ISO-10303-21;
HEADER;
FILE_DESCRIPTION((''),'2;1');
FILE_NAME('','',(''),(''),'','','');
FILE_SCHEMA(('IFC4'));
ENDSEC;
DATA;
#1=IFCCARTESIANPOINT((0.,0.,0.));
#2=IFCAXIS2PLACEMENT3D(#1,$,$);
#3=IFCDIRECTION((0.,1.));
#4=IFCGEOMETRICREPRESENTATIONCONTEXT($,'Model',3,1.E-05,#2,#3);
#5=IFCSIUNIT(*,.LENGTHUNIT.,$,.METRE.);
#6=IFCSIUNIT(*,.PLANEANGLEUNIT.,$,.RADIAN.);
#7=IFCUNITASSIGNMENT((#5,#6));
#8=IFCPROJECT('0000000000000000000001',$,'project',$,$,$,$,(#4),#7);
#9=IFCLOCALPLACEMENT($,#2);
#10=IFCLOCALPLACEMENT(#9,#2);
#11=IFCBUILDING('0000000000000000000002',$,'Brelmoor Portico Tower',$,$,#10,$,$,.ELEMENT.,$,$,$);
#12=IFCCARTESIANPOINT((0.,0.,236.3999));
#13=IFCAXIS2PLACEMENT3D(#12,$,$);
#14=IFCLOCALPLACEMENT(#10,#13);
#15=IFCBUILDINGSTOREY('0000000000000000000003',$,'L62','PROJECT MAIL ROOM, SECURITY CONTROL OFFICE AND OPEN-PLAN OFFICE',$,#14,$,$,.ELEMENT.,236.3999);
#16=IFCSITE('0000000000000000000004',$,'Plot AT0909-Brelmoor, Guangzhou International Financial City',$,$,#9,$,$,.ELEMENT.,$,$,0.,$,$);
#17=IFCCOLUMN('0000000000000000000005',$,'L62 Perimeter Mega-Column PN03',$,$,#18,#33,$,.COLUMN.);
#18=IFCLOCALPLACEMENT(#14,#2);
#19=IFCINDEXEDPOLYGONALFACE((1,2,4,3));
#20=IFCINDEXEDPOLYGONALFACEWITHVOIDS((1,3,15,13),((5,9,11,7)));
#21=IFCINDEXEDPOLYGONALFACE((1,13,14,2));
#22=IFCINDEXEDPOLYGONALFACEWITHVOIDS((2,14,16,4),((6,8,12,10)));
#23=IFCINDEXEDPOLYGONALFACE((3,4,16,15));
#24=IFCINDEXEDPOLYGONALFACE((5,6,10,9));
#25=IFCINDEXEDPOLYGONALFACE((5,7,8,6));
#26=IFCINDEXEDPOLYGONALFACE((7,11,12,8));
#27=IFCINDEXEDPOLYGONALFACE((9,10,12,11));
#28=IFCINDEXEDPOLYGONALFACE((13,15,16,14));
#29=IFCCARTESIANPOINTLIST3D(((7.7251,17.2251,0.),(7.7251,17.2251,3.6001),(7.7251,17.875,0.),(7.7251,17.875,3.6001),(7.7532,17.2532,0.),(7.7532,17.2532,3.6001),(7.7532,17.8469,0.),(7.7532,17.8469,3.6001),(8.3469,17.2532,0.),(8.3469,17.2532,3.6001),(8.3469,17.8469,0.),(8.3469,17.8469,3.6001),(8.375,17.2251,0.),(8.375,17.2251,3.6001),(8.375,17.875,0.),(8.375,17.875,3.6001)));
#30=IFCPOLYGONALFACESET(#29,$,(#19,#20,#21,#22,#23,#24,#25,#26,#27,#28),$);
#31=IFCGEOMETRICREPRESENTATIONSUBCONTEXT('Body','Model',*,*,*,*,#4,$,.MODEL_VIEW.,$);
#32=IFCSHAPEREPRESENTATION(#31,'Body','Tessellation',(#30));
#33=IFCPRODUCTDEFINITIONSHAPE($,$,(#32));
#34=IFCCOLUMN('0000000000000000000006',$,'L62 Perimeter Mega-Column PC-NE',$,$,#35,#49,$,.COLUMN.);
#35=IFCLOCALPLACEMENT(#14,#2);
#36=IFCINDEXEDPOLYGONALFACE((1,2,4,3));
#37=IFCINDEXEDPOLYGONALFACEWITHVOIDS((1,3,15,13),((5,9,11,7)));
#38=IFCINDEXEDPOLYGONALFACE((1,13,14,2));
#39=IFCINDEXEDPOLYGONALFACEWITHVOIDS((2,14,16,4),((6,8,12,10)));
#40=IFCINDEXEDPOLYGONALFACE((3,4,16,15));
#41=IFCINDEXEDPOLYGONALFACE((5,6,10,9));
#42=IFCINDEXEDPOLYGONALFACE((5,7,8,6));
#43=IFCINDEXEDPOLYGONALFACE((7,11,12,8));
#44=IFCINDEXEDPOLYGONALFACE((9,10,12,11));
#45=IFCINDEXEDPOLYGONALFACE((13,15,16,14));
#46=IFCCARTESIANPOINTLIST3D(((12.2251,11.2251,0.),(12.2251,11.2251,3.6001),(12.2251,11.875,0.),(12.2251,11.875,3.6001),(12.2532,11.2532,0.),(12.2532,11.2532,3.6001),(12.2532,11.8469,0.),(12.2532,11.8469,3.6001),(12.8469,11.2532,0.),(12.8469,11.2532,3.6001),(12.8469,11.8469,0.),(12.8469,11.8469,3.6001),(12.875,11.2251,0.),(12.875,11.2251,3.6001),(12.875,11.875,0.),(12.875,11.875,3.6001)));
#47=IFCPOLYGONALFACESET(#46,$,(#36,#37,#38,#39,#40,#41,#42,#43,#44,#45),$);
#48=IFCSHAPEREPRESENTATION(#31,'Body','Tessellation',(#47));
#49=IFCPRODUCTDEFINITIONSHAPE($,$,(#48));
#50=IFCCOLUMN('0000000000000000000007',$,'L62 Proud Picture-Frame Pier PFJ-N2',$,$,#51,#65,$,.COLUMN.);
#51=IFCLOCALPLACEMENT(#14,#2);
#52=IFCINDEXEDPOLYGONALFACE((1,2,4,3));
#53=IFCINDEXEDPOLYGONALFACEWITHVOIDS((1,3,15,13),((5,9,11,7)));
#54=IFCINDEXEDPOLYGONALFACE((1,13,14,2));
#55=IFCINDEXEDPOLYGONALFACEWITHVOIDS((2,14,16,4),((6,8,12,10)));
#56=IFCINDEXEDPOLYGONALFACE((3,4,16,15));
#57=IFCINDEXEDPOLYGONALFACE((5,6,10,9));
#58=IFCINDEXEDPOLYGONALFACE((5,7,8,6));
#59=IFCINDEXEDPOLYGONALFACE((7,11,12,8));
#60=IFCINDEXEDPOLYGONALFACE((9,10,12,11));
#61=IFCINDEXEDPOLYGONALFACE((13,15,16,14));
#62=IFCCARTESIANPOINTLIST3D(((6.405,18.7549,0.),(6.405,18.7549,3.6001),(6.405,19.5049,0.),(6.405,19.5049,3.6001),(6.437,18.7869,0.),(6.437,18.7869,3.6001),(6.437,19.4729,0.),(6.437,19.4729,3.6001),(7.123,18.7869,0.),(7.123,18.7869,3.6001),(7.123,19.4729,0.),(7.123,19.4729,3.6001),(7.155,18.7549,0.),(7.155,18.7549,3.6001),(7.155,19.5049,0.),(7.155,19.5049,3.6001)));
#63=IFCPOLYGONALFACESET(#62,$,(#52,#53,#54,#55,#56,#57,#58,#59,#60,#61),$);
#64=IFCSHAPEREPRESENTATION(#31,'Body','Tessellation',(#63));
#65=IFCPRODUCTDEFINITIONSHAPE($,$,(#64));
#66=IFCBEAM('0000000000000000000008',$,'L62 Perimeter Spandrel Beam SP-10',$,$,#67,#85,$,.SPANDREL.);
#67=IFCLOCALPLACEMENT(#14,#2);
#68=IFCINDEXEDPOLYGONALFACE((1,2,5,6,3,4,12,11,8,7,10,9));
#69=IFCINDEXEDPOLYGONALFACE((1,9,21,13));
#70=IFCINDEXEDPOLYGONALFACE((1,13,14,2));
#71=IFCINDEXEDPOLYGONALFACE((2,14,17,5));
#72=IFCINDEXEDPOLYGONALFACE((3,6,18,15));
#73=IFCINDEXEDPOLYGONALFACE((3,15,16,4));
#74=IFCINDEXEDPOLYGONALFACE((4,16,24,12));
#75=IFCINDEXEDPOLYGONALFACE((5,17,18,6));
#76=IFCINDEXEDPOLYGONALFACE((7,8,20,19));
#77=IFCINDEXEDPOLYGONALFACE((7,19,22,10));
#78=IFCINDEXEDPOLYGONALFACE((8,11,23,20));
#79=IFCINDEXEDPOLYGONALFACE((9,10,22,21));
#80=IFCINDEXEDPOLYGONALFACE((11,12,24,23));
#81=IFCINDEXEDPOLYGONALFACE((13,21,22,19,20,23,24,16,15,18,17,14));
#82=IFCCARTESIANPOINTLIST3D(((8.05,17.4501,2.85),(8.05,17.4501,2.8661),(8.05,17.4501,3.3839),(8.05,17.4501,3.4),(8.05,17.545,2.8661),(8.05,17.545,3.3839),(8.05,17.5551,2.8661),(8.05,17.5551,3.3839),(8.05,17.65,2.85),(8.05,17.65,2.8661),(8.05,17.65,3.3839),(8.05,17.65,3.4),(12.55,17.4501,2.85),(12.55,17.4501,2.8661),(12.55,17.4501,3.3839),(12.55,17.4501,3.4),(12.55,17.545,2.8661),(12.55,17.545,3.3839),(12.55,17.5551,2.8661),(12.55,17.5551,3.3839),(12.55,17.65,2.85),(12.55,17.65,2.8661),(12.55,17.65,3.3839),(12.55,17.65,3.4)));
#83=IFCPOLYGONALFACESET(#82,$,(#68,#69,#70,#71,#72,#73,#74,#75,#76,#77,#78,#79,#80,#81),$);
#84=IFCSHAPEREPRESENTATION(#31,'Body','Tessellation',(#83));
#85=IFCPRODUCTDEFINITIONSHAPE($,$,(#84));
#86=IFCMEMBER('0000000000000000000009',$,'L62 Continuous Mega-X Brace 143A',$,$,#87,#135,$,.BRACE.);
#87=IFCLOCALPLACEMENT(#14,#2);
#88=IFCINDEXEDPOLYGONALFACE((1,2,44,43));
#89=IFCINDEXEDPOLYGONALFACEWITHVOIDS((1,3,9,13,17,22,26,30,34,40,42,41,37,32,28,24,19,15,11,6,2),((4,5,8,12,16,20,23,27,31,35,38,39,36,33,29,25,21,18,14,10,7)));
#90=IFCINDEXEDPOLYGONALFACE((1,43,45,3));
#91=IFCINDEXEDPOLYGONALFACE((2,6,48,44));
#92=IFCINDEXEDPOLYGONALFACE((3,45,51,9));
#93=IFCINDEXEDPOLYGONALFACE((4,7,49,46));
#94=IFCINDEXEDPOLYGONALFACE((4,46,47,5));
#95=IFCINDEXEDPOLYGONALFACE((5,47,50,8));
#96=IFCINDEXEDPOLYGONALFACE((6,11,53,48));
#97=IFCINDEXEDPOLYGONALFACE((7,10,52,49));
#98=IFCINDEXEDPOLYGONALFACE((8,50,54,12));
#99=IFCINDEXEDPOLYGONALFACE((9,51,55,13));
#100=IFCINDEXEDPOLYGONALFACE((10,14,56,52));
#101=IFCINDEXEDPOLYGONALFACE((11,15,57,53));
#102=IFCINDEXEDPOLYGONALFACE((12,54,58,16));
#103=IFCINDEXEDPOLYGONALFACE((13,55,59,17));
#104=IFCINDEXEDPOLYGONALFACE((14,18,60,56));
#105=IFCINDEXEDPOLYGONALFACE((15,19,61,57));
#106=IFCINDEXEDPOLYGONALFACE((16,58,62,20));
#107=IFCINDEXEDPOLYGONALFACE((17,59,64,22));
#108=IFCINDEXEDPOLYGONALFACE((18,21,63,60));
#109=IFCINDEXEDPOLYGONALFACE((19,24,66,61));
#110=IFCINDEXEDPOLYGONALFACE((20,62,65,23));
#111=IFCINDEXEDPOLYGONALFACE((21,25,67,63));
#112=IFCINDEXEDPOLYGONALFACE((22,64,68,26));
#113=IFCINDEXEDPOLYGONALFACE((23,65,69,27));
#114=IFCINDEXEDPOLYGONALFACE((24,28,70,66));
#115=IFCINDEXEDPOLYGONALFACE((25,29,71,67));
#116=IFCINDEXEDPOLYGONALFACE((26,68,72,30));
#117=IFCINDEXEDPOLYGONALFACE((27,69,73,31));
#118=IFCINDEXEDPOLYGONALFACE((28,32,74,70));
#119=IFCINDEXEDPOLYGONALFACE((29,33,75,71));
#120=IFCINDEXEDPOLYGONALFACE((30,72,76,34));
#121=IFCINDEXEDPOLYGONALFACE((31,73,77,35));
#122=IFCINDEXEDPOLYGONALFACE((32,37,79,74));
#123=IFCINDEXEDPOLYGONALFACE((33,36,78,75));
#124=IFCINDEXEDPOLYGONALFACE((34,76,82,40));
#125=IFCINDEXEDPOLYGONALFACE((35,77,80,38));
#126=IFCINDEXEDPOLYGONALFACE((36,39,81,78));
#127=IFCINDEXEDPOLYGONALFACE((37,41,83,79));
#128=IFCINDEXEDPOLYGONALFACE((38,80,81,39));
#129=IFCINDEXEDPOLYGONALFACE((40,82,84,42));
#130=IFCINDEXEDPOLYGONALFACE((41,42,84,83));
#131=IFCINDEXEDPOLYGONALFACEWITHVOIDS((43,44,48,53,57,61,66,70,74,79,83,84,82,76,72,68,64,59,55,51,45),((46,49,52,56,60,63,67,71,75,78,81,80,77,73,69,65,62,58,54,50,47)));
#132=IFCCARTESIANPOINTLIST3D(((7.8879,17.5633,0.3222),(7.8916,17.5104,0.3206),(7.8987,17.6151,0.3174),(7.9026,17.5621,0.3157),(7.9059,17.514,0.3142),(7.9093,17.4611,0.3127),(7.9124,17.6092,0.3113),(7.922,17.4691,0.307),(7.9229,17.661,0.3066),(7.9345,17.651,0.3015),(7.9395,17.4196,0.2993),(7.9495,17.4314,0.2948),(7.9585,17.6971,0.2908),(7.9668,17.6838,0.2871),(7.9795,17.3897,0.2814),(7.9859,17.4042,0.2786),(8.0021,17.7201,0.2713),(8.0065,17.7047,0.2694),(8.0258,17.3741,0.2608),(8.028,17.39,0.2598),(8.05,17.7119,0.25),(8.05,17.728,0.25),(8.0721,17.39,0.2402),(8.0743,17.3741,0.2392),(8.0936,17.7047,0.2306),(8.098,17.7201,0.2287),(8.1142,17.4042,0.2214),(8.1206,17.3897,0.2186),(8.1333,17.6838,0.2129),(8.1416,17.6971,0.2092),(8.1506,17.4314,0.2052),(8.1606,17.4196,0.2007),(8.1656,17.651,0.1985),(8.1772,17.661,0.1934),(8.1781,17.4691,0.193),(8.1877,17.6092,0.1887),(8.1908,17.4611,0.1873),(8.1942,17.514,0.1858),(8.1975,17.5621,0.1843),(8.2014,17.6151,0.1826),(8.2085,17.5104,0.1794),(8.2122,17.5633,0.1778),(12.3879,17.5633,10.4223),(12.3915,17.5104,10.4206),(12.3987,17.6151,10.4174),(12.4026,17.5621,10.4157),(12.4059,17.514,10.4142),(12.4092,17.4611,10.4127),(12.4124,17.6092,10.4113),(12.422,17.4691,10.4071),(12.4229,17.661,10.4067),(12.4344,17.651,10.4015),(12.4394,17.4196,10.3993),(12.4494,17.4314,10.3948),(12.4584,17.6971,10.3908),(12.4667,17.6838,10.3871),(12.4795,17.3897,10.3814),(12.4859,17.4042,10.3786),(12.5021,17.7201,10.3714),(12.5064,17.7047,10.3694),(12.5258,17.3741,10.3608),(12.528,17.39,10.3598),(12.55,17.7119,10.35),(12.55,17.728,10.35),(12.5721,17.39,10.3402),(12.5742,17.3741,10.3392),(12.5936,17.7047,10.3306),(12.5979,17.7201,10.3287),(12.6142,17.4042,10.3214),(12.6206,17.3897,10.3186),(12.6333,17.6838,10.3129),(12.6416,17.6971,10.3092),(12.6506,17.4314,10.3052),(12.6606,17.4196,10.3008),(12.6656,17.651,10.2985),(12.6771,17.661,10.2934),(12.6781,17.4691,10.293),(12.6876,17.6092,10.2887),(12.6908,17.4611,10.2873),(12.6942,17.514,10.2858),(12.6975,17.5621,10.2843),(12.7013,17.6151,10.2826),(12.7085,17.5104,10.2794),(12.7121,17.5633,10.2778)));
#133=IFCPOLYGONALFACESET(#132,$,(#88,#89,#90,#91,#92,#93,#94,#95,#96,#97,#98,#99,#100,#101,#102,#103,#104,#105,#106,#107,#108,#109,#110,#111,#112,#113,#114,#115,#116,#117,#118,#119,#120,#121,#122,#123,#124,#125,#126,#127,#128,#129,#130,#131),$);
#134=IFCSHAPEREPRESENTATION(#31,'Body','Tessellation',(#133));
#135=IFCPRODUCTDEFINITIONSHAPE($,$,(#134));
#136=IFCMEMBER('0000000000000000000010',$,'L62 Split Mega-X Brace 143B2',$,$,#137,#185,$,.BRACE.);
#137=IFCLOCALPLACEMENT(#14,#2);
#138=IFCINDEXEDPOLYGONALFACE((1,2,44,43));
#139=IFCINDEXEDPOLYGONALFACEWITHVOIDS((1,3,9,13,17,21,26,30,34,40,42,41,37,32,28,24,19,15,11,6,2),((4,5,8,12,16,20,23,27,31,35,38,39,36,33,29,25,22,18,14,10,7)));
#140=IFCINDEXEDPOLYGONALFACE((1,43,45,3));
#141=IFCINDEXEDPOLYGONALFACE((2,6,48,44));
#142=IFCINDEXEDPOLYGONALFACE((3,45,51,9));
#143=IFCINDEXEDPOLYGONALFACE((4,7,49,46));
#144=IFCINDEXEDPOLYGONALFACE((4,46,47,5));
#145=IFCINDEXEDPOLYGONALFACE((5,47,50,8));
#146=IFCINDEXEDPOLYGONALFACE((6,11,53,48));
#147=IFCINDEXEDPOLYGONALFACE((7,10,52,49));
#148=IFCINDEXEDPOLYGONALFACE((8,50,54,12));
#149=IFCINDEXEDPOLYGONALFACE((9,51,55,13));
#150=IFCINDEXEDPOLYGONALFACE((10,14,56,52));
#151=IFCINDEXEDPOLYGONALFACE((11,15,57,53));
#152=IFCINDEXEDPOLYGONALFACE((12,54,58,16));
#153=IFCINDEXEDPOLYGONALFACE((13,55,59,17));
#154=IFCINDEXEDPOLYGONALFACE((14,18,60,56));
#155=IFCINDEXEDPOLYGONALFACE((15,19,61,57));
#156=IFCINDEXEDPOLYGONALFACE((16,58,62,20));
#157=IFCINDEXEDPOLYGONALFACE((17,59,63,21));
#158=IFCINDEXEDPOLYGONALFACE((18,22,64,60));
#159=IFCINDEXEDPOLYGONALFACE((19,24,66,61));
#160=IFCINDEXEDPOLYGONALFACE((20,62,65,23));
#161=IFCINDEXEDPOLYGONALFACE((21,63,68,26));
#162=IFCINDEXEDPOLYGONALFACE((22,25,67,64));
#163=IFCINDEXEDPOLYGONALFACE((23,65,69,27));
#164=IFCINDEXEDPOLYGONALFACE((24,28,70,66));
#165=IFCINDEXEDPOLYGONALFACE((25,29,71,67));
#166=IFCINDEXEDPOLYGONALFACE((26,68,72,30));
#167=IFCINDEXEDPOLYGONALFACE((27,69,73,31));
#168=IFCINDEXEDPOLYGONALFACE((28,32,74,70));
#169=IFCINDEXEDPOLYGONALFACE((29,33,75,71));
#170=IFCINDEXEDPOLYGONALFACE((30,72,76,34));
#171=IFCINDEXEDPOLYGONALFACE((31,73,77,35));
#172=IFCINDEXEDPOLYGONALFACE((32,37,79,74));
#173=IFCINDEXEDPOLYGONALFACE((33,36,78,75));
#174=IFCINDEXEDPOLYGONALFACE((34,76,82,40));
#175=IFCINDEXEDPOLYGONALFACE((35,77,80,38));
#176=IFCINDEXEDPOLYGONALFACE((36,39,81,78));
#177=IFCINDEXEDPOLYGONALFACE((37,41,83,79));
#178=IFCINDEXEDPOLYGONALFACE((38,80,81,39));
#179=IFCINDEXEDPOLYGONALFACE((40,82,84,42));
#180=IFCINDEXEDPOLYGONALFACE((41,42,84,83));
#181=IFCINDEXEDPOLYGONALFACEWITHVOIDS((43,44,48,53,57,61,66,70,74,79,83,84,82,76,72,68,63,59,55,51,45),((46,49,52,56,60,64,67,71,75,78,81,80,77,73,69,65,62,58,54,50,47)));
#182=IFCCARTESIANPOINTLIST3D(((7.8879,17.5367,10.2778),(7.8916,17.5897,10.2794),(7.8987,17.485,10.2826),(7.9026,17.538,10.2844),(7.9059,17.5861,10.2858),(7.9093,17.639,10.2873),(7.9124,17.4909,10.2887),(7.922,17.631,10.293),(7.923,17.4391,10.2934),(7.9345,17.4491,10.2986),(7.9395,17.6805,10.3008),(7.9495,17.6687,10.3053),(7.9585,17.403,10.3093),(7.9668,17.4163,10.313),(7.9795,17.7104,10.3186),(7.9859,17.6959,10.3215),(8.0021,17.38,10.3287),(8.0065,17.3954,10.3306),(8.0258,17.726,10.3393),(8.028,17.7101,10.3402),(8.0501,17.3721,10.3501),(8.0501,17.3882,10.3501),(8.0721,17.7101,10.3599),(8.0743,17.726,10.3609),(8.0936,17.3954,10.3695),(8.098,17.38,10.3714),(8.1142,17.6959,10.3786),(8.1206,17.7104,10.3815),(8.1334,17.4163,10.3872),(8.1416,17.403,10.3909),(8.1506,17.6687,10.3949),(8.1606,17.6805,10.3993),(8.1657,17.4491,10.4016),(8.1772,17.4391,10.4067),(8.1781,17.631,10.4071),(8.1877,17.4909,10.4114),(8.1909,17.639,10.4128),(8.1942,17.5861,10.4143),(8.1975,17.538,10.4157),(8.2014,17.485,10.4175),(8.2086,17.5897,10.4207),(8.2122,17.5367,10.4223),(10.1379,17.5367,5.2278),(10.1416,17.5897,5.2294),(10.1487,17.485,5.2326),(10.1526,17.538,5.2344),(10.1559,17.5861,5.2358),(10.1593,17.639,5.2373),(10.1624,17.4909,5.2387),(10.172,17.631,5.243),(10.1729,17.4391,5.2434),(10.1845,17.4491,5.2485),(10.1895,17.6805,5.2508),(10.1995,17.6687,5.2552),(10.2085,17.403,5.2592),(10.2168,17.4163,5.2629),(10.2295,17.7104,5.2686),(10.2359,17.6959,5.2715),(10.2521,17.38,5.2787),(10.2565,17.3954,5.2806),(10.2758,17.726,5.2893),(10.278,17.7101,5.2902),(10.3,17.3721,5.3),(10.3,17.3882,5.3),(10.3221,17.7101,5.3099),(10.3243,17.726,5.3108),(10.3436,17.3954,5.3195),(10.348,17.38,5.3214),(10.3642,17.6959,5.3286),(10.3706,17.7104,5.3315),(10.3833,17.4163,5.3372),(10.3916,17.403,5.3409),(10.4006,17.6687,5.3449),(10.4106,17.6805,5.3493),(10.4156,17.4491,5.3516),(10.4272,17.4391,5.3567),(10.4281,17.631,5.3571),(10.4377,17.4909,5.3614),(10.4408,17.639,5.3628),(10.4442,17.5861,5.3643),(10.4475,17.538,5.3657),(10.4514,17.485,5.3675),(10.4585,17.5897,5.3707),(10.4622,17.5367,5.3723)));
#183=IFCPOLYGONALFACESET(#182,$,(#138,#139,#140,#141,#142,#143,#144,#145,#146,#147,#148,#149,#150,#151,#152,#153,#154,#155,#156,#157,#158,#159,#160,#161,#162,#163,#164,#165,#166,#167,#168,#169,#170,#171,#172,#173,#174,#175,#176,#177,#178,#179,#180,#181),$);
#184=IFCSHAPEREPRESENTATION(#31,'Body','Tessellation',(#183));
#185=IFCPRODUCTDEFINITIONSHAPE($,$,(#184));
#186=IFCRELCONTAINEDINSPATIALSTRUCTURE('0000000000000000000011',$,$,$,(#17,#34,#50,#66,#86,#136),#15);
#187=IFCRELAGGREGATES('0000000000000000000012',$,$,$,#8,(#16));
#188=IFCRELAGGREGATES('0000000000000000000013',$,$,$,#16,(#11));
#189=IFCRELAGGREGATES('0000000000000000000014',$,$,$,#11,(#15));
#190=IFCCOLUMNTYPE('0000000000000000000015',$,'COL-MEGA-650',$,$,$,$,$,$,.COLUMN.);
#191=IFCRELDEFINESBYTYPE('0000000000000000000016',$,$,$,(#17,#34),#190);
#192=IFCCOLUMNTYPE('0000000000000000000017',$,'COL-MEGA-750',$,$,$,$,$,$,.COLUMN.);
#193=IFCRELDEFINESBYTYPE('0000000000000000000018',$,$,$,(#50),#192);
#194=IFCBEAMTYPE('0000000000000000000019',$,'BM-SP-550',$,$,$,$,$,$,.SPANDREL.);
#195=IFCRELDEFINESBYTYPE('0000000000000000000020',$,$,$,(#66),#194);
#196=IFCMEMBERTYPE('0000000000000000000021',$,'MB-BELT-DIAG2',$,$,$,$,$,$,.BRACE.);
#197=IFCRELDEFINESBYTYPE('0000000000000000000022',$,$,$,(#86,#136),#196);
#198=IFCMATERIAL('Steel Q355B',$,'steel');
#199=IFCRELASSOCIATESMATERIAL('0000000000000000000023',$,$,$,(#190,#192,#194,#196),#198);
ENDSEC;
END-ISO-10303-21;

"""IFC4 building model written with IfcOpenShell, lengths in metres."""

from ifc_helpers import new_model, si_unit, direction, frame, origin, origin_2d, place, context, subcontext, project, spatial, hollow_rectangle, hollow_circle, i_section, extrude, material, material_profile, profile_set, type_object, element, save


model = new_model("IFC4")

# Units and contexts
model_context = context("Model", 3, precision=1e-05, world=origin(), true_north=direction((0.0, 1.0)))
body_context = subcontext(model_context, "Body", "Model", "MODEL_VIEW")
ifc_project = project(units=[si_unit("LENGTHUNIT", "METRE"), si_unit("PLANEANGLEUNIT", "RADIAN")], contexts=[model_context])

# Site, building, storey
site_placement = place(None, origin())
site = spatial("IfcSite", under=ifc_project, at=site_placement, Name="Plot AT0909-Brelmoor, Guangzhou International Financial City", CompositionType="ELEMENT", RefElevation=0.0)
building_placement = place(site_placement, origin())
building = spatial("IfcBuilding", under=site, at=building_placement, Name="Brelmoor Portico Tower", CompositionType="ELEMENT")
storey_placement = place(building_placement, frame((0.0, 0.0, 236.3999)))
storey = spatial("IfcBuildingStorey", under=building, at=storey_placement, Name="L62", Description="PROJECT MAIL ROOM, SECURITY CONTROL OFFICE AND OPEN-PLAN OFFICE", CompositionType="ELEMENT", Elevation=236.3999)

# Columns
ifc_material_1 = material(Name="Steel Q355B", Category="steel")
ifc_material_profile_1 = material_profile(ifc_material_1, hollow_rectangle(XDim=0.6499, YDim=0.6499, WallThickness=0.0281, at=origin_2d()), Name="BOX 650x650x28")
ifc_profile_set_1 = profile_set([ifc_material_profile_1], Name="Steel Q355B")
column_type_1 = type_object("IfcColumnType", Name="COL-MEGA-650", PredefinedType="COLUMN", material=ifc_profile_set_1)
for number, where, z_axis, x_axis, name in (
    (1, (8.05, 17.55, 0.0), (0.0, 0.0, 1.0), (1.0, 0.0, 0.0), "L62 Perimeter Mega-Column PN03"),
    (2, (12.55, 11.55, 0.0), (0.0, 0.0, 1.0), (1.0, 0.0, 0.0), "L62 Perimeter Mega-Column PC-NE"),
):
    element("IfcColumn", number, at=place(storey_placement, frame(where, z_axis=z_axis, x_axis=x_axis)), inside=storey, type_object=column_type_1, Name=name, PredefinedType="COLUMN", context=body_context, shape_type="SweptSolid", body=[
        extrude(hollow_rectangle(XDim=0.6499, YDim=0.6499, WallThickness=0.0281, at=origin_2d()), origin(), (0.0, 0.0, 1.0), 3.6001),
    ])
ifc_material_profile_2 = material_profile(ifc_material_1, hollow_rectangle(XDim=0.75, YDim=0.75, WallThickness=0.032, at=origin_2d()), Name="BOX 750x750x32")
ifc_profile_set_2 = profile_set([ifc_material_profile_2], Name="Steel Q355B")
column_type_2 = type_object("IfcColumnType", Name="COL-MEGA-750", PredefinedType="COLUMN", material=ifc_profile_set_2)
column_placement = place(storey_placement, frame((6.78, 19.1299, 0.0), z_axis=(0.0, 0.0, 1.0), x_axis=(1.0, 0.0, 0.0)))
element("IfcColumn", 3, at=column_placement, inside=storey, type_object=column_type_2, Name="L62 Proud Picture-Frame Pier PFJ-N2", PredefinedType="COLUMN", context=body_context, shape_type="SweptSolid", body=[
    extrude(hollow_rectangle(XDim=0.75, YDim=0.75, WallThickness=0.032, at=origin_2d()), origin(), (0.0, 0.0, 1.0), 3.6001),
])

# Beam
ifc_material_profile_3 = material_profile(ifc_material_1, i_section(OverallWidth=0.2, OverallDepth=0.55, WebThickness=0.01, FlangeThickness=0.0161, at=origin_2d()), Name="HN 550x200x10x16")
ifc_profile_set_3 = profile_set([ifc_material_profile_3], Name="Steel Q355B")
beam_type = type_object("IfcBeamType", Name="BM-SP-550", PredefinedType="SPANDREL", material=ifc_profile_set_3)
beam_placement = place(storey_placement, frame((8.05, 17.55, 3.125), z_axis=(1.0, 0.0, 0.0), x_axis=(0.0, 1.0, 0.0)))
element("IfcBeam", 4, at=beam_placement, inside=storey, type_object=beam_type, Name="L62 Perimeter Spandrel Beam SP-10", PredefinedType="SPANDREL", context=body_context, shape_type="SweptSolid", body=[
    extrude(i_section(OverallWidth=0.2, OverallDepth=0.55, WebThickness=0.01, FlangeThickness=0.0161, at=origin_2d()), origin(), (0.0, 0.0, 1.0), 4.5),
])

# Members
ifc_material_profile_4 = material_profile(ifc_material_1, hollow_circle(Radius=0.178, WallThickness=0.0161, at=origin_2d()), Name="CHS 356x16")
ifc_profile_set_4 = profile_set([ifc_material_profile_4], Name="Steel Q355B")
member_type_1 = type_object("IfcMemberType", Name="MB-BELT-DIAG2", PredefinedType="BRACE", material=ifc_profile_set_4)
member_1_placement = place(storey_placement, frame((8.05, 17.55, 0.25), z_axis=(0.406974, 0.0, 0.91344), x_axis=(0.0, 1.0, 0.0)))
element("IfcMember", 5, at=member_1_placement, inside=storey, type_object=member_type_1, Name="L62 Continuous Mega-X Brace 143A", PredefinedType="BRACE", context=body_context, shape_type="SweptSolid", body=[
    extrude(hollow_circle(Radius=0.178, WallThickness=0.0161, at=origin_2d()), origin(), (0.0, 0.0, 1.0), 11.0571),
])
member_2_placement = place(storey_placement, frame((10.3, 17.55, 5.3), z_axis=(-0.406974, 0.0, 0.91344), x_axis=(0.0, -1.0, 0.0)))
element("IfcMember", 6, at=member_2_placement, inside=storey, type_object=member_type_1, Name="L62 Split Mega-X Brace 143B2", PredefinedType="BRACE", context=body_context, shape_type="SweptSolid", body=[
    extrude(hollow_circle(Radius=0.178, WallThickness=0.0161, at=origin_2d()), origin(), (0.0, 0.0, 1.0), 5.5286),
])

save(model, "model.ifc")
